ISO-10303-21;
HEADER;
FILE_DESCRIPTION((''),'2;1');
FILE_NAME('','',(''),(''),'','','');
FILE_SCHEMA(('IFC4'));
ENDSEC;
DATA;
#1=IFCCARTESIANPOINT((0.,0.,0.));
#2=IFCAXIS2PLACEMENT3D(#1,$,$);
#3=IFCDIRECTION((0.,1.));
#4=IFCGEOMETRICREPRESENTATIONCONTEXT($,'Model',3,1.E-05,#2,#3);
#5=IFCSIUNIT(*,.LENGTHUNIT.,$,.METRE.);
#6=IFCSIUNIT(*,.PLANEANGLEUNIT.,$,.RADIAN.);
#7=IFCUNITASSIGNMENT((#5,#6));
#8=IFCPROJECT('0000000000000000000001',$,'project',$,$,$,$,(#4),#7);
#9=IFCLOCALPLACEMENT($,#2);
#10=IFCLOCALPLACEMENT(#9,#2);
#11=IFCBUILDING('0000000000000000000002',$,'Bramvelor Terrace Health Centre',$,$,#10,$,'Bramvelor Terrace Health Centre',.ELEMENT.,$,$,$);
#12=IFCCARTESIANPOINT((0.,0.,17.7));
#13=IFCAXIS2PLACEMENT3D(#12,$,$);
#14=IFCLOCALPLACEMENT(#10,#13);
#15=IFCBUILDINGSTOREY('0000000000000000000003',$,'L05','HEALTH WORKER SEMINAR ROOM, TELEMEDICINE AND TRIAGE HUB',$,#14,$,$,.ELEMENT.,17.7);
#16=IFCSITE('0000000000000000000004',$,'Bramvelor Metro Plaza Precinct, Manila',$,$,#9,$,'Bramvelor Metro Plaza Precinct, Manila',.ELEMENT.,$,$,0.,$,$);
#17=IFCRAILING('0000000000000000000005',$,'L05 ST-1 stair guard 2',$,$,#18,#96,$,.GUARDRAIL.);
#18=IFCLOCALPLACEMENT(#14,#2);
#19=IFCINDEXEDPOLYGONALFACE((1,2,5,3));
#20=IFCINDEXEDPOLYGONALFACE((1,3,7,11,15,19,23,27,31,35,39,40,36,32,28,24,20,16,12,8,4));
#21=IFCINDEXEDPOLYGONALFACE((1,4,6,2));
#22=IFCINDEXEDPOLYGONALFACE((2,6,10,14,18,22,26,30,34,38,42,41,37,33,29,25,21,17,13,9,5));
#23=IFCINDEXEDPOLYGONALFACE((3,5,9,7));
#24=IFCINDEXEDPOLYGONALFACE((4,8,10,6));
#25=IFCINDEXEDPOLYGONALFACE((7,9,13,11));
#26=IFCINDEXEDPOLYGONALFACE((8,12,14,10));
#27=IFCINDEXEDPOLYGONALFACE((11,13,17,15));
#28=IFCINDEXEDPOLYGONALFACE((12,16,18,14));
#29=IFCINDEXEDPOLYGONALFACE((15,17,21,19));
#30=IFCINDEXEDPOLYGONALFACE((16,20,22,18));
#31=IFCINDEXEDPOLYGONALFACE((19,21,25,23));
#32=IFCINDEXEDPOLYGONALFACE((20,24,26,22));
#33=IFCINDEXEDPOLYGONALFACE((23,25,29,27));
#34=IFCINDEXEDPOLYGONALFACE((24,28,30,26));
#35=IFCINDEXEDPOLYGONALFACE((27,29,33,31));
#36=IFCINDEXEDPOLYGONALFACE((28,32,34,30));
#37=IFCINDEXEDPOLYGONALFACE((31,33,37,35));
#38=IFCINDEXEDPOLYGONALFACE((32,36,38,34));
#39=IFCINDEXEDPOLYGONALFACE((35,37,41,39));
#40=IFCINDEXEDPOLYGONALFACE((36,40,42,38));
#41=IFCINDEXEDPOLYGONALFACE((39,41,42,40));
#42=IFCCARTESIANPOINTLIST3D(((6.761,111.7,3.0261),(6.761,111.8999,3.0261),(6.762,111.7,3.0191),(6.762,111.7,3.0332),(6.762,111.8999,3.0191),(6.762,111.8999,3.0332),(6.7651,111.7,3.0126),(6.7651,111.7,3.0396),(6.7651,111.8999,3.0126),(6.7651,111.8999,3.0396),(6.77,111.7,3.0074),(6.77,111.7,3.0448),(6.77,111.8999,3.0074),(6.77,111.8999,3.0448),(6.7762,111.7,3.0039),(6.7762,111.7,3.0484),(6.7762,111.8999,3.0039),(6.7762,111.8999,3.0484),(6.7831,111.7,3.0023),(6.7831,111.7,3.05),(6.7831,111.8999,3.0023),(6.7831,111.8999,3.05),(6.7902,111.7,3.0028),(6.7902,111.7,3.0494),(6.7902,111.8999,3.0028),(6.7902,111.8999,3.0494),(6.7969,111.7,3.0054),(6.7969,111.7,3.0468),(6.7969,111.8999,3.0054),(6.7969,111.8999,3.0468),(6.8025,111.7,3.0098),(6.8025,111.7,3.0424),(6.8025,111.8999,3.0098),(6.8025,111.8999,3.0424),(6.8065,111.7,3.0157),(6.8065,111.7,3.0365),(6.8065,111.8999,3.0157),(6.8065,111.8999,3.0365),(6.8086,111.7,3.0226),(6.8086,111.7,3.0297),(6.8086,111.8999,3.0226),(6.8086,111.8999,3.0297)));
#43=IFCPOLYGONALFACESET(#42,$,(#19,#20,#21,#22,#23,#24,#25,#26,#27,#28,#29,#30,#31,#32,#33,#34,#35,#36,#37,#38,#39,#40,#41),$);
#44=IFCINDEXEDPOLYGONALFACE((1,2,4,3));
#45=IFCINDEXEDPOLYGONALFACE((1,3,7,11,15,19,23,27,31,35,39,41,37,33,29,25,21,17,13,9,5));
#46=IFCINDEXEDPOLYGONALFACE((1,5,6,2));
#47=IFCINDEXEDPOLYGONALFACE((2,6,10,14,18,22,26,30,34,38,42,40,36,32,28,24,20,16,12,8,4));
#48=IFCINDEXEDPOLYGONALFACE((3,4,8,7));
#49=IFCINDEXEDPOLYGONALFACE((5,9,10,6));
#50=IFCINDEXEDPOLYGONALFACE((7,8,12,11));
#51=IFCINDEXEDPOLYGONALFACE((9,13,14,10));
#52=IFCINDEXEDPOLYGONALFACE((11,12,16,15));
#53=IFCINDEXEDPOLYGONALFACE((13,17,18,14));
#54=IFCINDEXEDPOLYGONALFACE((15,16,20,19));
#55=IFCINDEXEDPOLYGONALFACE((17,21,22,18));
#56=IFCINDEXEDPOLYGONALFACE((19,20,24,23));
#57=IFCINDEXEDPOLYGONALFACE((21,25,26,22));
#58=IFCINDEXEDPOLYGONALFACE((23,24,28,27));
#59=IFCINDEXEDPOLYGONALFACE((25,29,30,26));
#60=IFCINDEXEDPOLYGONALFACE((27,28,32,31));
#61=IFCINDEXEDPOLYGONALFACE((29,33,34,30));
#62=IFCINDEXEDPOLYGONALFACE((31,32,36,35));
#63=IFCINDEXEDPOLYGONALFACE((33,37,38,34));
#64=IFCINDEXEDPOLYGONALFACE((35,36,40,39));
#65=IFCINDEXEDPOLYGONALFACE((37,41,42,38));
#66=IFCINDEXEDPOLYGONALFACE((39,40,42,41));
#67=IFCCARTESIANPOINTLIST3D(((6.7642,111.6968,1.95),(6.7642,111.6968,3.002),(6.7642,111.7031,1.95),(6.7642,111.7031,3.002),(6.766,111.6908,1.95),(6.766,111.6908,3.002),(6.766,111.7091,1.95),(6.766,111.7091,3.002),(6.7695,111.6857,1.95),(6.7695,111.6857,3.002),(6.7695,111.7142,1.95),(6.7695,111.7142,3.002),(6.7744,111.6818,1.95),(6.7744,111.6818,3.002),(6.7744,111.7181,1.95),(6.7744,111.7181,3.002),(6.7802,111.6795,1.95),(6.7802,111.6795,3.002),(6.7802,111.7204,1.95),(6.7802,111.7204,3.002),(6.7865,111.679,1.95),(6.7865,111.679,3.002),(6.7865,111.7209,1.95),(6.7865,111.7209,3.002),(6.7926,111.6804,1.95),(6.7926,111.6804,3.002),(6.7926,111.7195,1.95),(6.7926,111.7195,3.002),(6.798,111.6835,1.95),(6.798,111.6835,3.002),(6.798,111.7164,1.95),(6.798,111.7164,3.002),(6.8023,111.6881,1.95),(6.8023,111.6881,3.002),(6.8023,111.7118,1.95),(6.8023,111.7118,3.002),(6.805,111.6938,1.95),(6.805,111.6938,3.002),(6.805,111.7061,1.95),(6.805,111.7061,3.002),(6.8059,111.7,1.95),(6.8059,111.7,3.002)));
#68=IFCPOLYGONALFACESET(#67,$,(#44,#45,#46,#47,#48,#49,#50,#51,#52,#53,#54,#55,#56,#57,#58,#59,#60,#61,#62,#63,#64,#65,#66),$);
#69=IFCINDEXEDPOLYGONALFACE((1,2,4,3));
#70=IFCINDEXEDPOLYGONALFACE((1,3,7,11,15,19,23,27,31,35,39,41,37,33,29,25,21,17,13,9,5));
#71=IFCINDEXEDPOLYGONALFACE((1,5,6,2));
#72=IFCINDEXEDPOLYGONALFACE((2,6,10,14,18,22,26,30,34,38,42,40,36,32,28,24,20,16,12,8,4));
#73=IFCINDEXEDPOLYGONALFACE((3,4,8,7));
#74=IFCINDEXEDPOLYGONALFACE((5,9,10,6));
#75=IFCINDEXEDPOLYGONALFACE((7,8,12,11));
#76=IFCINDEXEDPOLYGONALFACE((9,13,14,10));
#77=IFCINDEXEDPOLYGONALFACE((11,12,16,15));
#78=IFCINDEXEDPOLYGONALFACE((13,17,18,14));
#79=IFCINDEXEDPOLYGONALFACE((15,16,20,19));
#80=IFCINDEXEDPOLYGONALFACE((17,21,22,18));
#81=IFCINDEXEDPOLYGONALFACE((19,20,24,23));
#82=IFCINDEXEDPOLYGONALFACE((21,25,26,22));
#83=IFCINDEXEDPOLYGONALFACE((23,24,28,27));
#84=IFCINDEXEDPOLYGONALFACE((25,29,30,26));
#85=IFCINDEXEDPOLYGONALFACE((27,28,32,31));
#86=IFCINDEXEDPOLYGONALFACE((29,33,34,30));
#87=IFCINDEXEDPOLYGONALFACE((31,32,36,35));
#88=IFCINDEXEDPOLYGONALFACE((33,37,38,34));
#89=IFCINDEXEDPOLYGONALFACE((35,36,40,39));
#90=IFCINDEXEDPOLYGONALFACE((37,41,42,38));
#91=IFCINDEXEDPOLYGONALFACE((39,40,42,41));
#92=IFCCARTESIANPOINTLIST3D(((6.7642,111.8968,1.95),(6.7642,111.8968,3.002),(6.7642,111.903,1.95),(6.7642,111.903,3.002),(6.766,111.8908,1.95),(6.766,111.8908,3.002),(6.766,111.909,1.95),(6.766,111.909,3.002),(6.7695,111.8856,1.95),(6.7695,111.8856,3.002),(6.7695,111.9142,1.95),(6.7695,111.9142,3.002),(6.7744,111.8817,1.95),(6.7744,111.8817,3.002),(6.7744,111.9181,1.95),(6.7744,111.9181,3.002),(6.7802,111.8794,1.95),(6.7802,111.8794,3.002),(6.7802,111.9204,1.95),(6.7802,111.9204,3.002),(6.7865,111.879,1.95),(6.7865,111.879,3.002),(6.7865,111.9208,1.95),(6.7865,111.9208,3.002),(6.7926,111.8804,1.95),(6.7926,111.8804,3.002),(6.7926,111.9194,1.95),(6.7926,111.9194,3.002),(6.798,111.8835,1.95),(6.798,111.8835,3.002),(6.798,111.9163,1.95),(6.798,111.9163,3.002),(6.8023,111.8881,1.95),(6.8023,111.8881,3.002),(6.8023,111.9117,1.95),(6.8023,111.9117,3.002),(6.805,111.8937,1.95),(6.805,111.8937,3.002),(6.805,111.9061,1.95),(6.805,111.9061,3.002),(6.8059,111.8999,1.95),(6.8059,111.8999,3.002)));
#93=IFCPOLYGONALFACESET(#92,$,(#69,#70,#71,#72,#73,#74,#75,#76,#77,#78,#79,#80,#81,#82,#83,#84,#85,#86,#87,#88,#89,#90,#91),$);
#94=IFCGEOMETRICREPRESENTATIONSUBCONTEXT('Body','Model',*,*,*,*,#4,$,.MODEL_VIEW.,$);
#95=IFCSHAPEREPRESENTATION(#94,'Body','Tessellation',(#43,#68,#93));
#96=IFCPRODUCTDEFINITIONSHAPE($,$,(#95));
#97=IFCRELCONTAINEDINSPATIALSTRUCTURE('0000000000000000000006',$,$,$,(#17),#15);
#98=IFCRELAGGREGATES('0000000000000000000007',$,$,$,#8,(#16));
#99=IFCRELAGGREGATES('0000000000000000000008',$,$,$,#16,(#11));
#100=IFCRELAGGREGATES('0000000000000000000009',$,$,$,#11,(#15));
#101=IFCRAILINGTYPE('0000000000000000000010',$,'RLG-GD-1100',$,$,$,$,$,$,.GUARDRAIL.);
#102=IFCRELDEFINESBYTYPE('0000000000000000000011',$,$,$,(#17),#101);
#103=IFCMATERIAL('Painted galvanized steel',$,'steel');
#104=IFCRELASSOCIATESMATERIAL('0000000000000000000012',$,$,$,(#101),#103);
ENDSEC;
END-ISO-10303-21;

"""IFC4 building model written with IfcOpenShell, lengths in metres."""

from ifc_helpers import new_model, si_unit, direction, frame, origin, origin_2d, place, context, subcontext, project, spatial, circle, extrude, material, type_object, element, save


model = new_model("IFC4")

# Units and contexts
model_context = context("Model", 3, precision=1e-05, world=origin(), true_north=direction((0.0, 1.0)))
body_context = subcontext(model_context, "Body", "Model", "MODEL_VIEW")
ifc_project = project(units=[si_unit("LENGTHUNIT", "METRE"), si_unit("PLANEANGLEUNIT", "RADIAN")], contexts=[model_context])

# Site, building, storey
site_placement = place(None, origin())
site = spatial("IfcSite", under=ifc_project, at=site_placement, Name="Bramvelor Metro Plaza Precinct, Manila", LongName="Bramvelor Metro Plaza Precinct, Manila", CompositionType="ELEMENT", RefElevation=0.0)
building_placement = place(site_placement, origin())
building = spatial("IfcBuilding", under=site, at=building_placement, Name="Bramvelor Terrace Health Centre", LongName="Bramvelor Terrace Health Centre", CompositionType="ELEMENT")
storey_placement = place(building_placement, frame((0.0, 0.0, 17.7)))
storey = spatial("IfcBuildingStorey", under=building, at=storey_placement, Name="L05", Description="HEALTH WORKER SEMINAR ROOM, TELEMEDICINE AND TRIAGE HUB", CompositionType="ELEMENT", Elevation=17.7)

# Railing
ifc_material_1 = material(Name="Painted galvanized steel", Category="steel")
railing_type_1 = type_object("IfcRailingType", Name="RLG-GD-1100", PredefinedType="GUARDRAIL", material=ifc_material_1)
railing_1_placement = place(storey_placement, frame((6.7849, 111.7, 1.95)))
element("IfcRailing", 1, at=railing_1_placement, inside=storey, type_object=railing_type_1, Name="L05 ST-1 stair guard 2", PredefinedType="GUARDRAIL", context=body_context, shape_type="SweptSolid", body=[
    extrude(circle(Radius=0.0239, at=origin_2d()), frame((0.0, 0.0, 1.0762), z_axis=(0.0, 1.0, 0.0), x_axis=(-1.0, 0.0, 0.0)), (0.0, 0.0, 1.0), 0.2),
    extrude(circle(Radius=0.021, at=origin_2d()), origin(), (0.0, 0.0, 1.0), 1.052),
    extrude(circle(Radius=0.021, at=origin_2d()), frame((0.0, 0.2, 0.0)), (0.0, 0.0, 1.0), 1.052),
])

save(model, "model.ifc")
